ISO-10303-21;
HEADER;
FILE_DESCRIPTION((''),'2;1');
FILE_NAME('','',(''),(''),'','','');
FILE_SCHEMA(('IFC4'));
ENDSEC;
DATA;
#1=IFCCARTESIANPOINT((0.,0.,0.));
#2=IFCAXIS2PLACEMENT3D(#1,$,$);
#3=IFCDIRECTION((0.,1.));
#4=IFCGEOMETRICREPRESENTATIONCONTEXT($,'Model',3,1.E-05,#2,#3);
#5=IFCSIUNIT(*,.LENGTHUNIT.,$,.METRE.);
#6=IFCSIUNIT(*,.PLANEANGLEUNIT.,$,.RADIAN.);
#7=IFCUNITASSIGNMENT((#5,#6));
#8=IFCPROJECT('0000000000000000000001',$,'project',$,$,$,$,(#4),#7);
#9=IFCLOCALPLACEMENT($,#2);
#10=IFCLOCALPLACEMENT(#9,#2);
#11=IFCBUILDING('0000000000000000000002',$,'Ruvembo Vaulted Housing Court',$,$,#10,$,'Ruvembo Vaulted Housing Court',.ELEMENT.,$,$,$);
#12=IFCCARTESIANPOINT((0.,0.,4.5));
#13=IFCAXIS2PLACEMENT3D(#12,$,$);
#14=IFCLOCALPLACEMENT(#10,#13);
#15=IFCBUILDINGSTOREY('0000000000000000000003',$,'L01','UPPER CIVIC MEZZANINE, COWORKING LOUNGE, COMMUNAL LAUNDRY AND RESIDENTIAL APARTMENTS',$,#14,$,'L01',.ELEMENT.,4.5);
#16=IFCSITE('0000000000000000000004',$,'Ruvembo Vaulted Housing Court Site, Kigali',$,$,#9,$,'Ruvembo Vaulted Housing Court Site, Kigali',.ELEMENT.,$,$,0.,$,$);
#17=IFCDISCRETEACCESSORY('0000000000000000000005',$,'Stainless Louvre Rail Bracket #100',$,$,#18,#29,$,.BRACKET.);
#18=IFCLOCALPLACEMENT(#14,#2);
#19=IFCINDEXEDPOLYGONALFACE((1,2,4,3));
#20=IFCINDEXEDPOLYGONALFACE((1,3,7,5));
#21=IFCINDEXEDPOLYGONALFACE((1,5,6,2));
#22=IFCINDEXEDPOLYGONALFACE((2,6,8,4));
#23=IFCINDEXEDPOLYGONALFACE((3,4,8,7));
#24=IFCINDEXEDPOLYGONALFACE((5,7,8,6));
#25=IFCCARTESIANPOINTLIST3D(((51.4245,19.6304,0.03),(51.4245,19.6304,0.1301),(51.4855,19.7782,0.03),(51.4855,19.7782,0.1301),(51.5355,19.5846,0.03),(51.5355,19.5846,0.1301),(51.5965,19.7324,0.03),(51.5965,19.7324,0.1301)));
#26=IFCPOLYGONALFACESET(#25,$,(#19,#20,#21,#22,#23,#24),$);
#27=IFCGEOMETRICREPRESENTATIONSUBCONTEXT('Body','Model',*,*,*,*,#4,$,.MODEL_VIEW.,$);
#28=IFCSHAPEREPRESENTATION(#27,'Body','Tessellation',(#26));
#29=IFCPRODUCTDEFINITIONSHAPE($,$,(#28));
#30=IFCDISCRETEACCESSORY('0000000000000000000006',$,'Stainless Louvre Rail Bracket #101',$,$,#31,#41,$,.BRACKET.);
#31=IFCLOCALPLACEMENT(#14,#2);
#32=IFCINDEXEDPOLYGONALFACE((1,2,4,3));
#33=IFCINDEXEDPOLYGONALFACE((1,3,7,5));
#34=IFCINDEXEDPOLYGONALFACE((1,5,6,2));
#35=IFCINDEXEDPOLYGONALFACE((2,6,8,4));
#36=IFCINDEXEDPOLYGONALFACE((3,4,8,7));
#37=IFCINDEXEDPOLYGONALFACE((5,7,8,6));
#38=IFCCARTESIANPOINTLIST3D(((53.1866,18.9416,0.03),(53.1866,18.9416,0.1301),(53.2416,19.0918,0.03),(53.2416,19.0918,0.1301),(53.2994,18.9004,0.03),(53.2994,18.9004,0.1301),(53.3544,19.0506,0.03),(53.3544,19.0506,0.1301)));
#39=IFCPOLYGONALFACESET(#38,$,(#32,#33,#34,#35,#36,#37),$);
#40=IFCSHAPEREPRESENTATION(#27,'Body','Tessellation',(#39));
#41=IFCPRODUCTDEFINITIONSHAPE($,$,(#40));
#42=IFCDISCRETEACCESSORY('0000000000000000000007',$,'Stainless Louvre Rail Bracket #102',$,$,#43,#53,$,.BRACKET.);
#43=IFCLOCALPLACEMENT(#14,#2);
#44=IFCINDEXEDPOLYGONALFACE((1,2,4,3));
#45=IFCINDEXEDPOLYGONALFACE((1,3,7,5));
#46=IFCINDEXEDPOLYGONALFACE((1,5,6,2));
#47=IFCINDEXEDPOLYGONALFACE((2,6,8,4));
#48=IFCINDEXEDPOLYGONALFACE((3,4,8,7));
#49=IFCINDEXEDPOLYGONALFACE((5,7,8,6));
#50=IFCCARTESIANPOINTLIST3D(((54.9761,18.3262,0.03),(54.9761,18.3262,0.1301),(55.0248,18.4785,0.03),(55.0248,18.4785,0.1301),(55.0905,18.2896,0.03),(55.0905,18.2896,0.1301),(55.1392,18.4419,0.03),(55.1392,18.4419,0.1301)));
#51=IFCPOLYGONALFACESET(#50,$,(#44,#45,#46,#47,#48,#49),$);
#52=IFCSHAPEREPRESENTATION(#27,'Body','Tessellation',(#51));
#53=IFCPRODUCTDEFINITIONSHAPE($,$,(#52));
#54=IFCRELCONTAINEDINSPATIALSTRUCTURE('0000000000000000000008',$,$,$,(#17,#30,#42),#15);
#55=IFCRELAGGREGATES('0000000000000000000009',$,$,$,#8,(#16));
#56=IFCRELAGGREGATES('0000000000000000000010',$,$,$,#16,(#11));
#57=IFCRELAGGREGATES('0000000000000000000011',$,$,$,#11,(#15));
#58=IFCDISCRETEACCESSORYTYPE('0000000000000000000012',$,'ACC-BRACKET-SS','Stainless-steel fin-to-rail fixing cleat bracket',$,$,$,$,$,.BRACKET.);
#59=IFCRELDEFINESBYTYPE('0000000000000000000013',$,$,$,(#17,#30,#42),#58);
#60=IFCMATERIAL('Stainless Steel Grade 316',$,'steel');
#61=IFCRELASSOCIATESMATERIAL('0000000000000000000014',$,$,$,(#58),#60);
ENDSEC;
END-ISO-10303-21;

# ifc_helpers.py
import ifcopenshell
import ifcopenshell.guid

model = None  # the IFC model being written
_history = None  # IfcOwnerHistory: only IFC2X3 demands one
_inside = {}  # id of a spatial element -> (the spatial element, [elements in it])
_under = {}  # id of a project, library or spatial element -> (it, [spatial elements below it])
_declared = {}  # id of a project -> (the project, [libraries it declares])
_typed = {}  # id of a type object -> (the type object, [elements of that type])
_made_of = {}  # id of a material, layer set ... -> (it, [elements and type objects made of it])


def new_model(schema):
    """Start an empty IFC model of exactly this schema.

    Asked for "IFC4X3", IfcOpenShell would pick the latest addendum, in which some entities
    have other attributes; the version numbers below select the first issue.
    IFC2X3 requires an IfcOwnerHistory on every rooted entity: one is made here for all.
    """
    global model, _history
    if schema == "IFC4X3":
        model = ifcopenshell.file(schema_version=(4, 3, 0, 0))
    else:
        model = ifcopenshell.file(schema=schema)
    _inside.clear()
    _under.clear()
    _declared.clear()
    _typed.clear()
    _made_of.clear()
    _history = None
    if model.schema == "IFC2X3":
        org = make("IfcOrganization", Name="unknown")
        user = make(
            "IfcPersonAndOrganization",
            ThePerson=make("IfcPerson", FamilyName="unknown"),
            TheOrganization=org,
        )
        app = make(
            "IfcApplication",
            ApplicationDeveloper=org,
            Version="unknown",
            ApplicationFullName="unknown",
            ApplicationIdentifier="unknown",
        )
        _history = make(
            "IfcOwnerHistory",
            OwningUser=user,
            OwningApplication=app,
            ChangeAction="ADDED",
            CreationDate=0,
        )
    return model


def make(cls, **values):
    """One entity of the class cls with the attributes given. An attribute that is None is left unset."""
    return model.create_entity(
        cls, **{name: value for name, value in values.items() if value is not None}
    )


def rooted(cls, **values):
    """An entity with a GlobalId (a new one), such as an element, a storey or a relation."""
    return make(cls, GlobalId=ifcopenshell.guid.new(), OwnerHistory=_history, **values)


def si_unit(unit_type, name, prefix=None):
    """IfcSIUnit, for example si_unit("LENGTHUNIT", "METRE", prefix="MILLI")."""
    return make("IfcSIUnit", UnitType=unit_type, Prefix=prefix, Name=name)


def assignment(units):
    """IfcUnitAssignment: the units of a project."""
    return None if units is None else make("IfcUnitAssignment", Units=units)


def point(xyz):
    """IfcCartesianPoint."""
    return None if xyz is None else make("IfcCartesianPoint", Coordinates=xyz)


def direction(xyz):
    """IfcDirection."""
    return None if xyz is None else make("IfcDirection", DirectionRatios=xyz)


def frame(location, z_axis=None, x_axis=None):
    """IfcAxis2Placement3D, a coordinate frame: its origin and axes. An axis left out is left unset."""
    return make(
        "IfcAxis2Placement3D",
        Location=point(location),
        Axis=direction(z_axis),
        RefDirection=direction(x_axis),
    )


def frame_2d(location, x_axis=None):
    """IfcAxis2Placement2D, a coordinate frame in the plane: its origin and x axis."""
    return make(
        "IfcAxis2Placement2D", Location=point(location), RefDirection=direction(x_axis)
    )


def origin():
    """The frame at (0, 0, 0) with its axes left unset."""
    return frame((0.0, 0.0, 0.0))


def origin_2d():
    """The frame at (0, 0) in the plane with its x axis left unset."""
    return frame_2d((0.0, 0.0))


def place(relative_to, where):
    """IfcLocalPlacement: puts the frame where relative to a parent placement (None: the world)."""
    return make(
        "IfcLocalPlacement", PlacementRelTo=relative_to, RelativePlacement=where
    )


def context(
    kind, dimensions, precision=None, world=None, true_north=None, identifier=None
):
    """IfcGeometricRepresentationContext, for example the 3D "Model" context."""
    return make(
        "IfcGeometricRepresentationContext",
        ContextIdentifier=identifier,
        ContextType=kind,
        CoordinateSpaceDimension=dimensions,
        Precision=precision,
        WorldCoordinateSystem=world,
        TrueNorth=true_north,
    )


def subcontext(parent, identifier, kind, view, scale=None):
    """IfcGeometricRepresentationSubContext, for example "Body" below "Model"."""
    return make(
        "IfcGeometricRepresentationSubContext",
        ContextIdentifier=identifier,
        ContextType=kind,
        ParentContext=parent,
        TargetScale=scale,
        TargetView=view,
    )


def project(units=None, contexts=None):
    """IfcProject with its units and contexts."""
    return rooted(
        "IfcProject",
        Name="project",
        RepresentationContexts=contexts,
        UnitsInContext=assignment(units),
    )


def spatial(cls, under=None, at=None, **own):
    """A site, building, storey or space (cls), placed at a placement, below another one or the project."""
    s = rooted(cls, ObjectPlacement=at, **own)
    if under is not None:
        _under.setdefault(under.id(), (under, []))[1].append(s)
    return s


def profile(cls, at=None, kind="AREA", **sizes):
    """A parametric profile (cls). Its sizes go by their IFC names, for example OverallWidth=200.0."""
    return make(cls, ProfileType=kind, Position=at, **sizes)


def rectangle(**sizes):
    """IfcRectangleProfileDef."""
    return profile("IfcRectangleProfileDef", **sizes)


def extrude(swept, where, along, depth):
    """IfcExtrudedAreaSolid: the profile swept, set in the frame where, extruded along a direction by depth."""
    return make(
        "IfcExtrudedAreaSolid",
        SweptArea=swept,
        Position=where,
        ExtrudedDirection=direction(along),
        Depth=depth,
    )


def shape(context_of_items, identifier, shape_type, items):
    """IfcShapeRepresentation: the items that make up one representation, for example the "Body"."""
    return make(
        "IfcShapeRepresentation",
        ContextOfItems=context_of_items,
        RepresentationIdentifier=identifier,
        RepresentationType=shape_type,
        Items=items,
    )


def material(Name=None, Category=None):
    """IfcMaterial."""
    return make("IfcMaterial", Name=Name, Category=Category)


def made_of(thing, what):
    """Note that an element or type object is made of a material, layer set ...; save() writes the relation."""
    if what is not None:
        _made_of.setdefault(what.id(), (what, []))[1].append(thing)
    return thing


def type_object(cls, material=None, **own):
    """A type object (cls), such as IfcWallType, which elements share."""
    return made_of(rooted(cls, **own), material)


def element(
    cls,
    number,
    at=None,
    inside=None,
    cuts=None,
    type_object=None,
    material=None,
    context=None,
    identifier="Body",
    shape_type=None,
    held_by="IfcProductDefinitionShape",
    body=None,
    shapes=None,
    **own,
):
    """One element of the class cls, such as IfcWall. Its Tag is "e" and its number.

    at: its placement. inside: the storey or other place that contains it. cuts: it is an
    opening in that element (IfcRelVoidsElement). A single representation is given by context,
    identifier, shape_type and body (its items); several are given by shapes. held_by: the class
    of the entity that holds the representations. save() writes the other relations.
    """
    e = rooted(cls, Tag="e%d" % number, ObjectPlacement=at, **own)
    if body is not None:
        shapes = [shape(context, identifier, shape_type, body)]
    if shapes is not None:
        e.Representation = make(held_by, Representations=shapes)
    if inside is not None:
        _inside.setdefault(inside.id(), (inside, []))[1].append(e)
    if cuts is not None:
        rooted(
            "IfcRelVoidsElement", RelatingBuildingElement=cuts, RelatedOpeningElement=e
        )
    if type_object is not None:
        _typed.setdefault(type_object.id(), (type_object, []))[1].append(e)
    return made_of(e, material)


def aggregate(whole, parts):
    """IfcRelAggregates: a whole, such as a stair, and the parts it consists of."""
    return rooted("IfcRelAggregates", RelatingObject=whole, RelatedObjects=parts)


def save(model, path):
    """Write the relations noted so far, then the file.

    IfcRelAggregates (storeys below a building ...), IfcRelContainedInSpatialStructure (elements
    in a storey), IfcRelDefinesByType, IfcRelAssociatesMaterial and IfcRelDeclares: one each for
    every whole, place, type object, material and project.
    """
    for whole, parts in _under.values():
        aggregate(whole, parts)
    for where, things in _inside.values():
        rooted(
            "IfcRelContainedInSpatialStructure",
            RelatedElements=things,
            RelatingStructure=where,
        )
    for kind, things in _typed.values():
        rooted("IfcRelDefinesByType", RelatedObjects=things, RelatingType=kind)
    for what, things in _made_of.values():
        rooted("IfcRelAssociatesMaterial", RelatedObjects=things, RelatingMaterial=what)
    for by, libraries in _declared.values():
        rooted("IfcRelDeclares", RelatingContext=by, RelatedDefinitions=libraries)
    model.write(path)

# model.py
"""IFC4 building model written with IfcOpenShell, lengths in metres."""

from ifc_helpers import new_model, si_unit, direction, frame, origin, origin_2d, place, context, subcontext, project, spatial, rectangle, extrude, material, type_object, element, save


model = new_model("IFC4")

# Units and contexts
model_context = context("Model", 3, precision=1e-05, world=origin(), true_north=direction((0.0, 1.0)))
body_context = subcontext(model_context, "Body", "Model", "MODEL_VIEW")
ifc_project = project(units=[si_unit("LENGTHUNIT", "METRE"), si_unit("PLANEANGLEUNIT", "RADIAN")], contexts=[model_context])

# Site, building, storey
site_placement = place(None, origin())
site = spatial("IfcSite", under=ifc_project, at=site_placement, Name="Ruvembo Vaulted Housing Court Site, Kigali", LongName="Ruvembo Vaulted Housing Court Site, Kigali", CompositionType="ELEMENT", RefElevation=0.0)
building_placement = place(site_placement, origin())
building = spatial("IfcBuilding", under=site, at=building_placement, Name="Ruvembo Vaulted Housing Court", LongName="Ruvembo Vaulted Housing Court", CompositionType="ELEMENT")
storey_placement = place(building_placement, frame((0.0, 0.0, 4.5)))
storey = spatial("IfcBuildingStorey", under=building, at=storey_placement, Name="L01", Description="UPPER CIVIC MEZZANINE, COWORKING LOUNGE, COMMUNAL LAUNDRY AND RESIDENTIAL APARTMENTS", LongName="L01", CompositionType="ELEMENT", Elevation=4.5)

# Discrete accessories
ifc_material_1 = material(Name="Stainless Steel Grade 316", Category="steel")
discrete_accessory_type = type_object("IfcDiscreteAccessoryType", Name="ACC-BRACKET-SS", Description="Stainless-steel fin-to-rail fixing cleat bracket", PredefinedType="BRACKET", material=ifc_material_1)
for number, where, z_axis, x_axis, name in (
    (1, (51.5105, 19.6814, 0.03), (0.0, 0.0, 1.0), (-0.381958, -0.92418, 0.0), "Stainless Louvre Rail Bracket #100"),
    (2, (53.2705, 18.9961, 0.03), (0.0, 0.0, 1.0), (-0.343512, -0.939148, 0.0), "Stainless Louvre Rail Bracket #101"),
    (3, (55.0576, 18.384, 0.03), (0.0, 0.0, 1.0), (-0.304449, -0.952529, 0.0), "Stainless Louvre Rail Bracket #102"),
):
    element("IfcDiscreteAccessory", number, at=place(storey_placement, frame(where, z_axis=z_axis, x_axis=x_axis)), inside=storey, type_object=discrete_accessory_type, Name=name, PredefinedType="BRACKET", context=body_context, shape_type="SweptSolid", body=[
        extrude(rectangle(XDim=0.1599, YDim=0.1201, at=origin_2d()), origin(), (0.0, 0.0, 1.0), 0.1001),
    ])

save(model, "model.ifc")
